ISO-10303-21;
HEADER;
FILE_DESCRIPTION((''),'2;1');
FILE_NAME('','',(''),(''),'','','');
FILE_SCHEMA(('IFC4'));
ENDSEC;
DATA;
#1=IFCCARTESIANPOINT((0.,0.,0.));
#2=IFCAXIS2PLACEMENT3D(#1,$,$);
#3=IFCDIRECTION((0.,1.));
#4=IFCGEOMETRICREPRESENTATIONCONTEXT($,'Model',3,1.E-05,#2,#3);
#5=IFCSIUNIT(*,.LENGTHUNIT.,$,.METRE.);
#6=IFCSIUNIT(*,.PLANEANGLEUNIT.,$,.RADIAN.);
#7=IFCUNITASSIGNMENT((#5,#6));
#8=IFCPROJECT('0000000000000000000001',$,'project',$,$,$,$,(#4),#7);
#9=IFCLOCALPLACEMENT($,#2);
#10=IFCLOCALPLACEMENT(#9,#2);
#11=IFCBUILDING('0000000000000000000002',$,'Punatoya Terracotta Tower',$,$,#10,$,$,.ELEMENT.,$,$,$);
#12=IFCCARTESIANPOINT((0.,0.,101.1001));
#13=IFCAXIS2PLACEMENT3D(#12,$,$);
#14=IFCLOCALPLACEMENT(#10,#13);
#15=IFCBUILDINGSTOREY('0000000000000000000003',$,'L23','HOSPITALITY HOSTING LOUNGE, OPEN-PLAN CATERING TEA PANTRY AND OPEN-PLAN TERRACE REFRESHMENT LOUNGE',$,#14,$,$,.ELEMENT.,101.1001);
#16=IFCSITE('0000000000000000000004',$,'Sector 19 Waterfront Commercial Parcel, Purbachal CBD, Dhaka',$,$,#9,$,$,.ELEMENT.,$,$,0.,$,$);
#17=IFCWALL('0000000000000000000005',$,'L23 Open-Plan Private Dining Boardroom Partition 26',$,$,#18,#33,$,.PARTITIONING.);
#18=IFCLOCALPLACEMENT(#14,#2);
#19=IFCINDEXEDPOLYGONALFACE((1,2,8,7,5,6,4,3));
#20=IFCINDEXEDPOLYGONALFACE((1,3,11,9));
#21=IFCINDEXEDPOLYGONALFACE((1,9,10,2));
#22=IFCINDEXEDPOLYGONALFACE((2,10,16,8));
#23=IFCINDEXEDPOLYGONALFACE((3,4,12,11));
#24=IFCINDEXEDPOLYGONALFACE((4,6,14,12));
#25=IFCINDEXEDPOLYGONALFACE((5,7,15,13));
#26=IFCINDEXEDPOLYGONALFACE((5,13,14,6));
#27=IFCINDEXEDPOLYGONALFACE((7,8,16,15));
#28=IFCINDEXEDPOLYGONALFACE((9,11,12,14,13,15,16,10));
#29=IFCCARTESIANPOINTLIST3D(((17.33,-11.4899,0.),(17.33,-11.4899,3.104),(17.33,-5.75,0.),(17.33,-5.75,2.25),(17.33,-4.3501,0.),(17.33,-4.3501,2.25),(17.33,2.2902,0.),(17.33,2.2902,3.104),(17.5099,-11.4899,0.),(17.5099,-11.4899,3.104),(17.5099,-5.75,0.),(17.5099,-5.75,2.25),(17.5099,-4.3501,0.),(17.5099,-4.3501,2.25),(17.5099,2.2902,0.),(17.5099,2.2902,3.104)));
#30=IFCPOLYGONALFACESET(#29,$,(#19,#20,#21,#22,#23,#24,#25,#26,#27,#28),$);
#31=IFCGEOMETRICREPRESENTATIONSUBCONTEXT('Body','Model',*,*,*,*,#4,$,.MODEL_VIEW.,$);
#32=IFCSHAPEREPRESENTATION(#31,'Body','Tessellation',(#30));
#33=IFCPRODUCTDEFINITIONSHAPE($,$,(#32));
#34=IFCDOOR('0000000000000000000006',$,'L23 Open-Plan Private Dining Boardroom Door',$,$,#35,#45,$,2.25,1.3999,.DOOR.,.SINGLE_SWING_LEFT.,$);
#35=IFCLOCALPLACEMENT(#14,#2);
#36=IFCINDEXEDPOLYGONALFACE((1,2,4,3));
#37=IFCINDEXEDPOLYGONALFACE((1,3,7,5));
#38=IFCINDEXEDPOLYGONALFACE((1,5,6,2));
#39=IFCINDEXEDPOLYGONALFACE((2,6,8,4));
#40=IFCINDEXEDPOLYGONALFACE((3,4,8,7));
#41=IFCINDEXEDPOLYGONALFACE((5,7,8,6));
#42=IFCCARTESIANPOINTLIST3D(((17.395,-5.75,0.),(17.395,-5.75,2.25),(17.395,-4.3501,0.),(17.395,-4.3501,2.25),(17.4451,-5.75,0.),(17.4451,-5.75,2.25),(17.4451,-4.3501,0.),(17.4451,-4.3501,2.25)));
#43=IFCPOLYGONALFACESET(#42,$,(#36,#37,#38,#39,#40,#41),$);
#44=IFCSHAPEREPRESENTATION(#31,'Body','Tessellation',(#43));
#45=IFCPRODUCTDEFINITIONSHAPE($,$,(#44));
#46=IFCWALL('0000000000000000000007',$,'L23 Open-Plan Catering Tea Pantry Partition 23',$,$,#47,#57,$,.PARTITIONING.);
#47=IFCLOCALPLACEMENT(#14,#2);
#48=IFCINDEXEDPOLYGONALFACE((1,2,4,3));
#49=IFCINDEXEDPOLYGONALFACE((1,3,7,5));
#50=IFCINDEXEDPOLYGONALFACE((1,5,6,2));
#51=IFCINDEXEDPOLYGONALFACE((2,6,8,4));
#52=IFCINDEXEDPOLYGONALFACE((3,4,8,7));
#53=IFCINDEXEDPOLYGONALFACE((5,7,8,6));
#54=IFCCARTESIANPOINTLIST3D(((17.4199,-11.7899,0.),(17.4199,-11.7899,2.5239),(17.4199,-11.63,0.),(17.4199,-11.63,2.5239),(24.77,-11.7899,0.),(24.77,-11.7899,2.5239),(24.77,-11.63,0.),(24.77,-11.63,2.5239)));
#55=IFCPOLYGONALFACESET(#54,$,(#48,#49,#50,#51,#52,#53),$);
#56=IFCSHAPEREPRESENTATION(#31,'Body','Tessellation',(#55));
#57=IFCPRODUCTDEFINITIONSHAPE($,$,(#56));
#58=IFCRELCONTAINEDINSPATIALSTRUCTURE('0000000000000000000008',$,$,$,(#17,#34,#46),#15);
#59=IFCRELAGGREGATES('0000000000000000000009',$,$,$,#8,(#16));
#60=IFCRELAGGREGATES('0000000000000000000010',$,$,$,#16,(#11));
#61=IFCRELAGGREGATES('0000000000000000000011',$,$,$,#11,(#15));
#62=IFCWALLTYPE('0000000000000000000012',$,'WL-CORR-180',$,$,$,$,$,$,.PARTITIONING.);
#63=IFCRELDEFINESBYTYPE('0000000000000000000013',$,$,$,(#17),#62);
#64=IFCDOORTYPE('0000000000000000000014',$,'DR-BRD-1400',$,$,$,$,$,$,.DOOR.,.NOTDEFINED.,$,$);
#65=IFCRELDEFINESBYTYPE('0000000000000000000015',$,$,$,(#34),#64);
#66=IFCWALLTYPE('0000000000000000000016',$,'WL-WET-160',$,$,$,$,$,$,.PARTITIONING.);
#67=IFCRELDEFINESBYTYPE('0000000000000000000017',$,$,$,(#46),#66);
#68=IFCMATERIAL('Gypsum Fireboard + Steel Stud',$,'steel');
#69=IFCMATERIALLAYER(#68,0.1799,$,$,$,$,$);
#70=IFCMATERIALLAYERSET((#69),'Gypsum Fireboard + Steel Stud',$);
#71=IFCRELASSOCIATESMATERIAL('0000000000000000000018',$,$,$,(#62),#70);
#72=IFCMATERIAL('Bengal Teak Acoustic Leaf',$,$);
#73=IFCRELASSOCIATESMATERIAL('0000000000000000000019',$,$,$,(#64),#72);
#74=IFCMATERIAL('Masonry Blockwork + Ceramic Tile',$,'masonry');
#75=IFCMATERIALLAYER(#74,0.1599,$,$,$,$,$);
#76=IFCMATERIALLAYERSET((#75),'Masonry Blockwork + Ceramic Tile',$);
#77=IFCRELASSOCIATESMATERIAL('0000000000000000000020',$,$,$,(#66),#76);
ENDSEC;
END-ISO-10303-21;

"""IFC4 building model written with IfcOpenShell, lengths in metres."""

from ifc_helpers import new_model, si_unit, direction, frame, frame_2d, origin, place, context, subcontext, project, spatial, rectangle, extrude, material, layer, layer_set, type_object, element, fill, save


model = new_model("IFC4")

# Units and contexts
model_context = context("Model", 3, precision=1e-05, world=origin(), true_north=direction((0.0, 1.0)))
body_context = subcontext(model_context, "Body", "Model", "MODEL_VIEW")
ifc_project = project(units=[si_unit("LENGTHUNIT", "METRE"), si_unit("PLANEANGLEUNIT", "RADIAN")], contexts=[model_context])

# Site, building, storey
site_placement = place(None, origin())
site = spatial("IfcSite", under=ifc_project, at=site_placement, Name="Sector 19 Waterfront Commercial Parcel, Purbachal CBD, Dhaka", CompositionType="ELEMENT", RefElevation=0.0)
building_placement = place(site_placement, origin())
building = spatial("IfcBuilding", under=site, at=building_placement, Name="Punatoya Terracotta Tower", CompositionType="ELEMENT")
storey_placement = place(building_placement, frame((0.0, 0.0, 101.1001)))
storey = spatial("IfcBuildingStorey", under=building, at=storey_placement, Name="L23", Description="HOSPITALITY HOSTING LOUNGE, OPEN-PLAN CATERING TEA PANTRY AND OPEN-PLAN TERRACE REFRESHMENT LOUNGE", CompositionType="ELEMENT", Elevation=101.1001)

# Wall, opening, door
ifc_material_1 = material(Name="Gypsum Fireboard + Steel Stud", Category="steel")
ifc_layer_1 = layer(ifc_material_1, 0.1799)
ifc_layer_set_1 = layer_set([ifc_layer_1], Name="Gypsum Fireboard + Steel Stud")
wall_type_1 = type_object("IfcWallType", Name="WL-CORR-180", PredefinedType="PARTITIONING", material=ifc_layer_set_1)
wall_1_placement = place(storey_placement, frame((17.4199, -11.49, 0.0), z_axis=(0.0, 0.0, 1.0), x_axis=(0.0, 1.0, 0.0)))
wall_1 = element("IfcWall", 1, at=wall_1_placement, inside=storey, type_object=wall_type_1, Name="L23 Open-Plan Private Dining Boardroom Partition 26", PredefinedType="PARTITIONING", context=body_context, shape_type="SweptSolid", body=[
    extrude(rectangle(XDim=13.78, YDim=0.1799, at=frame_2d((6.8901, 0.0))), origin(), (0.0, 0.0, 1.0), 3.104),
])
opening_placement = place(wall_1_placement, frame((5.74, 0.0, 0.0)))
opening = element("IfcOpeningElement", 2, at=opening_placement, cuts=wall_1, PredefinedType="OPENING", context=body_context, shape_type="SweptSolid", body=[
    extrude(rectangle(XDim=1.3999, YDim=2.25, at=frame_2d((0.7, 1.125))), frame((0.0, 0.0999, 0.0), z_axis=(0.0, -1.0, 0.0), x_axis=(1.0, 0.0, 0.0)), (0.0, 0.0, 1.0), 0.2),
])
ifc_material_2 = material(Name="Bengal Teak Acoustic Leaf")
door_type = type_object("IfcDoorType", Name="DR-BRD-1400", OperationType="NOTDEFINED", PredefinedType="DOOR", material=ifc_material_2)
door_placement = place(opening_placement, origin())
door = element("IfcDoor", 3, at=door_placement, inside=storey, type_object=door_type, Name="L23 Open-Plan Private Dining Boardroom Door", OperationType="SINGLE_SWING_LEFT", OverallHeight=2.25, OverallWidth=1.3999, PredefinedType="DOOR", context=body_context, shape_type="SweptSolid", body=[
    extrude(rectangle(XDim=1.3999, YDim=2.25, at=frame_2d((0.7, 1.125))), frame((0.0, 0.0249, 0.0), z_axis=(0.0, -1.0, 0.0), x_axis=(1.0, 0.0, 0.0)), (0.0, 0.0, 1.0), 0.05),
])
fill(opening, door)

# Wall
ifc_material_3 = material(Name="Masonry Blockwork + Ceramic Tile", Category="masonry")
ifc_layer_2 = layer(ifc_material_3, 0.1599)
ifc_layer_set_2 = layer_set([ifc_layer_2], Name="Masonry Blockwork + Ceramic Tile")
wall_type_2 = type_object("IfcWallType", Name="WL-WET-160", PredefinedType="PARTITIONING", material=ifc_layer_set_2)
wall_2_placement = place(storey_placement, frame((17.4199, -11.71, 0.0), z_axis=(0.0, 0.0, 1.0), x_axis=(1.0, 0.0, 0.0)))
element("IfcWall", 4, at=wall_2_placement, inside=storey, type_object=wall_type_2, Name="L23 Open-Plan Catering Tea Pantry Partition 23", PredefinedType="PARTITIONING", context=body_context, shape_type="SweptSolid", body=[
    extrude(rectangle(XDim=7.3501, YDim=0.1599, at=frame_2d((3.675, 0.0))), origin(), (0.0, 0.0, 1.0), 2.5239),
])

save(model, "model.ifc")
